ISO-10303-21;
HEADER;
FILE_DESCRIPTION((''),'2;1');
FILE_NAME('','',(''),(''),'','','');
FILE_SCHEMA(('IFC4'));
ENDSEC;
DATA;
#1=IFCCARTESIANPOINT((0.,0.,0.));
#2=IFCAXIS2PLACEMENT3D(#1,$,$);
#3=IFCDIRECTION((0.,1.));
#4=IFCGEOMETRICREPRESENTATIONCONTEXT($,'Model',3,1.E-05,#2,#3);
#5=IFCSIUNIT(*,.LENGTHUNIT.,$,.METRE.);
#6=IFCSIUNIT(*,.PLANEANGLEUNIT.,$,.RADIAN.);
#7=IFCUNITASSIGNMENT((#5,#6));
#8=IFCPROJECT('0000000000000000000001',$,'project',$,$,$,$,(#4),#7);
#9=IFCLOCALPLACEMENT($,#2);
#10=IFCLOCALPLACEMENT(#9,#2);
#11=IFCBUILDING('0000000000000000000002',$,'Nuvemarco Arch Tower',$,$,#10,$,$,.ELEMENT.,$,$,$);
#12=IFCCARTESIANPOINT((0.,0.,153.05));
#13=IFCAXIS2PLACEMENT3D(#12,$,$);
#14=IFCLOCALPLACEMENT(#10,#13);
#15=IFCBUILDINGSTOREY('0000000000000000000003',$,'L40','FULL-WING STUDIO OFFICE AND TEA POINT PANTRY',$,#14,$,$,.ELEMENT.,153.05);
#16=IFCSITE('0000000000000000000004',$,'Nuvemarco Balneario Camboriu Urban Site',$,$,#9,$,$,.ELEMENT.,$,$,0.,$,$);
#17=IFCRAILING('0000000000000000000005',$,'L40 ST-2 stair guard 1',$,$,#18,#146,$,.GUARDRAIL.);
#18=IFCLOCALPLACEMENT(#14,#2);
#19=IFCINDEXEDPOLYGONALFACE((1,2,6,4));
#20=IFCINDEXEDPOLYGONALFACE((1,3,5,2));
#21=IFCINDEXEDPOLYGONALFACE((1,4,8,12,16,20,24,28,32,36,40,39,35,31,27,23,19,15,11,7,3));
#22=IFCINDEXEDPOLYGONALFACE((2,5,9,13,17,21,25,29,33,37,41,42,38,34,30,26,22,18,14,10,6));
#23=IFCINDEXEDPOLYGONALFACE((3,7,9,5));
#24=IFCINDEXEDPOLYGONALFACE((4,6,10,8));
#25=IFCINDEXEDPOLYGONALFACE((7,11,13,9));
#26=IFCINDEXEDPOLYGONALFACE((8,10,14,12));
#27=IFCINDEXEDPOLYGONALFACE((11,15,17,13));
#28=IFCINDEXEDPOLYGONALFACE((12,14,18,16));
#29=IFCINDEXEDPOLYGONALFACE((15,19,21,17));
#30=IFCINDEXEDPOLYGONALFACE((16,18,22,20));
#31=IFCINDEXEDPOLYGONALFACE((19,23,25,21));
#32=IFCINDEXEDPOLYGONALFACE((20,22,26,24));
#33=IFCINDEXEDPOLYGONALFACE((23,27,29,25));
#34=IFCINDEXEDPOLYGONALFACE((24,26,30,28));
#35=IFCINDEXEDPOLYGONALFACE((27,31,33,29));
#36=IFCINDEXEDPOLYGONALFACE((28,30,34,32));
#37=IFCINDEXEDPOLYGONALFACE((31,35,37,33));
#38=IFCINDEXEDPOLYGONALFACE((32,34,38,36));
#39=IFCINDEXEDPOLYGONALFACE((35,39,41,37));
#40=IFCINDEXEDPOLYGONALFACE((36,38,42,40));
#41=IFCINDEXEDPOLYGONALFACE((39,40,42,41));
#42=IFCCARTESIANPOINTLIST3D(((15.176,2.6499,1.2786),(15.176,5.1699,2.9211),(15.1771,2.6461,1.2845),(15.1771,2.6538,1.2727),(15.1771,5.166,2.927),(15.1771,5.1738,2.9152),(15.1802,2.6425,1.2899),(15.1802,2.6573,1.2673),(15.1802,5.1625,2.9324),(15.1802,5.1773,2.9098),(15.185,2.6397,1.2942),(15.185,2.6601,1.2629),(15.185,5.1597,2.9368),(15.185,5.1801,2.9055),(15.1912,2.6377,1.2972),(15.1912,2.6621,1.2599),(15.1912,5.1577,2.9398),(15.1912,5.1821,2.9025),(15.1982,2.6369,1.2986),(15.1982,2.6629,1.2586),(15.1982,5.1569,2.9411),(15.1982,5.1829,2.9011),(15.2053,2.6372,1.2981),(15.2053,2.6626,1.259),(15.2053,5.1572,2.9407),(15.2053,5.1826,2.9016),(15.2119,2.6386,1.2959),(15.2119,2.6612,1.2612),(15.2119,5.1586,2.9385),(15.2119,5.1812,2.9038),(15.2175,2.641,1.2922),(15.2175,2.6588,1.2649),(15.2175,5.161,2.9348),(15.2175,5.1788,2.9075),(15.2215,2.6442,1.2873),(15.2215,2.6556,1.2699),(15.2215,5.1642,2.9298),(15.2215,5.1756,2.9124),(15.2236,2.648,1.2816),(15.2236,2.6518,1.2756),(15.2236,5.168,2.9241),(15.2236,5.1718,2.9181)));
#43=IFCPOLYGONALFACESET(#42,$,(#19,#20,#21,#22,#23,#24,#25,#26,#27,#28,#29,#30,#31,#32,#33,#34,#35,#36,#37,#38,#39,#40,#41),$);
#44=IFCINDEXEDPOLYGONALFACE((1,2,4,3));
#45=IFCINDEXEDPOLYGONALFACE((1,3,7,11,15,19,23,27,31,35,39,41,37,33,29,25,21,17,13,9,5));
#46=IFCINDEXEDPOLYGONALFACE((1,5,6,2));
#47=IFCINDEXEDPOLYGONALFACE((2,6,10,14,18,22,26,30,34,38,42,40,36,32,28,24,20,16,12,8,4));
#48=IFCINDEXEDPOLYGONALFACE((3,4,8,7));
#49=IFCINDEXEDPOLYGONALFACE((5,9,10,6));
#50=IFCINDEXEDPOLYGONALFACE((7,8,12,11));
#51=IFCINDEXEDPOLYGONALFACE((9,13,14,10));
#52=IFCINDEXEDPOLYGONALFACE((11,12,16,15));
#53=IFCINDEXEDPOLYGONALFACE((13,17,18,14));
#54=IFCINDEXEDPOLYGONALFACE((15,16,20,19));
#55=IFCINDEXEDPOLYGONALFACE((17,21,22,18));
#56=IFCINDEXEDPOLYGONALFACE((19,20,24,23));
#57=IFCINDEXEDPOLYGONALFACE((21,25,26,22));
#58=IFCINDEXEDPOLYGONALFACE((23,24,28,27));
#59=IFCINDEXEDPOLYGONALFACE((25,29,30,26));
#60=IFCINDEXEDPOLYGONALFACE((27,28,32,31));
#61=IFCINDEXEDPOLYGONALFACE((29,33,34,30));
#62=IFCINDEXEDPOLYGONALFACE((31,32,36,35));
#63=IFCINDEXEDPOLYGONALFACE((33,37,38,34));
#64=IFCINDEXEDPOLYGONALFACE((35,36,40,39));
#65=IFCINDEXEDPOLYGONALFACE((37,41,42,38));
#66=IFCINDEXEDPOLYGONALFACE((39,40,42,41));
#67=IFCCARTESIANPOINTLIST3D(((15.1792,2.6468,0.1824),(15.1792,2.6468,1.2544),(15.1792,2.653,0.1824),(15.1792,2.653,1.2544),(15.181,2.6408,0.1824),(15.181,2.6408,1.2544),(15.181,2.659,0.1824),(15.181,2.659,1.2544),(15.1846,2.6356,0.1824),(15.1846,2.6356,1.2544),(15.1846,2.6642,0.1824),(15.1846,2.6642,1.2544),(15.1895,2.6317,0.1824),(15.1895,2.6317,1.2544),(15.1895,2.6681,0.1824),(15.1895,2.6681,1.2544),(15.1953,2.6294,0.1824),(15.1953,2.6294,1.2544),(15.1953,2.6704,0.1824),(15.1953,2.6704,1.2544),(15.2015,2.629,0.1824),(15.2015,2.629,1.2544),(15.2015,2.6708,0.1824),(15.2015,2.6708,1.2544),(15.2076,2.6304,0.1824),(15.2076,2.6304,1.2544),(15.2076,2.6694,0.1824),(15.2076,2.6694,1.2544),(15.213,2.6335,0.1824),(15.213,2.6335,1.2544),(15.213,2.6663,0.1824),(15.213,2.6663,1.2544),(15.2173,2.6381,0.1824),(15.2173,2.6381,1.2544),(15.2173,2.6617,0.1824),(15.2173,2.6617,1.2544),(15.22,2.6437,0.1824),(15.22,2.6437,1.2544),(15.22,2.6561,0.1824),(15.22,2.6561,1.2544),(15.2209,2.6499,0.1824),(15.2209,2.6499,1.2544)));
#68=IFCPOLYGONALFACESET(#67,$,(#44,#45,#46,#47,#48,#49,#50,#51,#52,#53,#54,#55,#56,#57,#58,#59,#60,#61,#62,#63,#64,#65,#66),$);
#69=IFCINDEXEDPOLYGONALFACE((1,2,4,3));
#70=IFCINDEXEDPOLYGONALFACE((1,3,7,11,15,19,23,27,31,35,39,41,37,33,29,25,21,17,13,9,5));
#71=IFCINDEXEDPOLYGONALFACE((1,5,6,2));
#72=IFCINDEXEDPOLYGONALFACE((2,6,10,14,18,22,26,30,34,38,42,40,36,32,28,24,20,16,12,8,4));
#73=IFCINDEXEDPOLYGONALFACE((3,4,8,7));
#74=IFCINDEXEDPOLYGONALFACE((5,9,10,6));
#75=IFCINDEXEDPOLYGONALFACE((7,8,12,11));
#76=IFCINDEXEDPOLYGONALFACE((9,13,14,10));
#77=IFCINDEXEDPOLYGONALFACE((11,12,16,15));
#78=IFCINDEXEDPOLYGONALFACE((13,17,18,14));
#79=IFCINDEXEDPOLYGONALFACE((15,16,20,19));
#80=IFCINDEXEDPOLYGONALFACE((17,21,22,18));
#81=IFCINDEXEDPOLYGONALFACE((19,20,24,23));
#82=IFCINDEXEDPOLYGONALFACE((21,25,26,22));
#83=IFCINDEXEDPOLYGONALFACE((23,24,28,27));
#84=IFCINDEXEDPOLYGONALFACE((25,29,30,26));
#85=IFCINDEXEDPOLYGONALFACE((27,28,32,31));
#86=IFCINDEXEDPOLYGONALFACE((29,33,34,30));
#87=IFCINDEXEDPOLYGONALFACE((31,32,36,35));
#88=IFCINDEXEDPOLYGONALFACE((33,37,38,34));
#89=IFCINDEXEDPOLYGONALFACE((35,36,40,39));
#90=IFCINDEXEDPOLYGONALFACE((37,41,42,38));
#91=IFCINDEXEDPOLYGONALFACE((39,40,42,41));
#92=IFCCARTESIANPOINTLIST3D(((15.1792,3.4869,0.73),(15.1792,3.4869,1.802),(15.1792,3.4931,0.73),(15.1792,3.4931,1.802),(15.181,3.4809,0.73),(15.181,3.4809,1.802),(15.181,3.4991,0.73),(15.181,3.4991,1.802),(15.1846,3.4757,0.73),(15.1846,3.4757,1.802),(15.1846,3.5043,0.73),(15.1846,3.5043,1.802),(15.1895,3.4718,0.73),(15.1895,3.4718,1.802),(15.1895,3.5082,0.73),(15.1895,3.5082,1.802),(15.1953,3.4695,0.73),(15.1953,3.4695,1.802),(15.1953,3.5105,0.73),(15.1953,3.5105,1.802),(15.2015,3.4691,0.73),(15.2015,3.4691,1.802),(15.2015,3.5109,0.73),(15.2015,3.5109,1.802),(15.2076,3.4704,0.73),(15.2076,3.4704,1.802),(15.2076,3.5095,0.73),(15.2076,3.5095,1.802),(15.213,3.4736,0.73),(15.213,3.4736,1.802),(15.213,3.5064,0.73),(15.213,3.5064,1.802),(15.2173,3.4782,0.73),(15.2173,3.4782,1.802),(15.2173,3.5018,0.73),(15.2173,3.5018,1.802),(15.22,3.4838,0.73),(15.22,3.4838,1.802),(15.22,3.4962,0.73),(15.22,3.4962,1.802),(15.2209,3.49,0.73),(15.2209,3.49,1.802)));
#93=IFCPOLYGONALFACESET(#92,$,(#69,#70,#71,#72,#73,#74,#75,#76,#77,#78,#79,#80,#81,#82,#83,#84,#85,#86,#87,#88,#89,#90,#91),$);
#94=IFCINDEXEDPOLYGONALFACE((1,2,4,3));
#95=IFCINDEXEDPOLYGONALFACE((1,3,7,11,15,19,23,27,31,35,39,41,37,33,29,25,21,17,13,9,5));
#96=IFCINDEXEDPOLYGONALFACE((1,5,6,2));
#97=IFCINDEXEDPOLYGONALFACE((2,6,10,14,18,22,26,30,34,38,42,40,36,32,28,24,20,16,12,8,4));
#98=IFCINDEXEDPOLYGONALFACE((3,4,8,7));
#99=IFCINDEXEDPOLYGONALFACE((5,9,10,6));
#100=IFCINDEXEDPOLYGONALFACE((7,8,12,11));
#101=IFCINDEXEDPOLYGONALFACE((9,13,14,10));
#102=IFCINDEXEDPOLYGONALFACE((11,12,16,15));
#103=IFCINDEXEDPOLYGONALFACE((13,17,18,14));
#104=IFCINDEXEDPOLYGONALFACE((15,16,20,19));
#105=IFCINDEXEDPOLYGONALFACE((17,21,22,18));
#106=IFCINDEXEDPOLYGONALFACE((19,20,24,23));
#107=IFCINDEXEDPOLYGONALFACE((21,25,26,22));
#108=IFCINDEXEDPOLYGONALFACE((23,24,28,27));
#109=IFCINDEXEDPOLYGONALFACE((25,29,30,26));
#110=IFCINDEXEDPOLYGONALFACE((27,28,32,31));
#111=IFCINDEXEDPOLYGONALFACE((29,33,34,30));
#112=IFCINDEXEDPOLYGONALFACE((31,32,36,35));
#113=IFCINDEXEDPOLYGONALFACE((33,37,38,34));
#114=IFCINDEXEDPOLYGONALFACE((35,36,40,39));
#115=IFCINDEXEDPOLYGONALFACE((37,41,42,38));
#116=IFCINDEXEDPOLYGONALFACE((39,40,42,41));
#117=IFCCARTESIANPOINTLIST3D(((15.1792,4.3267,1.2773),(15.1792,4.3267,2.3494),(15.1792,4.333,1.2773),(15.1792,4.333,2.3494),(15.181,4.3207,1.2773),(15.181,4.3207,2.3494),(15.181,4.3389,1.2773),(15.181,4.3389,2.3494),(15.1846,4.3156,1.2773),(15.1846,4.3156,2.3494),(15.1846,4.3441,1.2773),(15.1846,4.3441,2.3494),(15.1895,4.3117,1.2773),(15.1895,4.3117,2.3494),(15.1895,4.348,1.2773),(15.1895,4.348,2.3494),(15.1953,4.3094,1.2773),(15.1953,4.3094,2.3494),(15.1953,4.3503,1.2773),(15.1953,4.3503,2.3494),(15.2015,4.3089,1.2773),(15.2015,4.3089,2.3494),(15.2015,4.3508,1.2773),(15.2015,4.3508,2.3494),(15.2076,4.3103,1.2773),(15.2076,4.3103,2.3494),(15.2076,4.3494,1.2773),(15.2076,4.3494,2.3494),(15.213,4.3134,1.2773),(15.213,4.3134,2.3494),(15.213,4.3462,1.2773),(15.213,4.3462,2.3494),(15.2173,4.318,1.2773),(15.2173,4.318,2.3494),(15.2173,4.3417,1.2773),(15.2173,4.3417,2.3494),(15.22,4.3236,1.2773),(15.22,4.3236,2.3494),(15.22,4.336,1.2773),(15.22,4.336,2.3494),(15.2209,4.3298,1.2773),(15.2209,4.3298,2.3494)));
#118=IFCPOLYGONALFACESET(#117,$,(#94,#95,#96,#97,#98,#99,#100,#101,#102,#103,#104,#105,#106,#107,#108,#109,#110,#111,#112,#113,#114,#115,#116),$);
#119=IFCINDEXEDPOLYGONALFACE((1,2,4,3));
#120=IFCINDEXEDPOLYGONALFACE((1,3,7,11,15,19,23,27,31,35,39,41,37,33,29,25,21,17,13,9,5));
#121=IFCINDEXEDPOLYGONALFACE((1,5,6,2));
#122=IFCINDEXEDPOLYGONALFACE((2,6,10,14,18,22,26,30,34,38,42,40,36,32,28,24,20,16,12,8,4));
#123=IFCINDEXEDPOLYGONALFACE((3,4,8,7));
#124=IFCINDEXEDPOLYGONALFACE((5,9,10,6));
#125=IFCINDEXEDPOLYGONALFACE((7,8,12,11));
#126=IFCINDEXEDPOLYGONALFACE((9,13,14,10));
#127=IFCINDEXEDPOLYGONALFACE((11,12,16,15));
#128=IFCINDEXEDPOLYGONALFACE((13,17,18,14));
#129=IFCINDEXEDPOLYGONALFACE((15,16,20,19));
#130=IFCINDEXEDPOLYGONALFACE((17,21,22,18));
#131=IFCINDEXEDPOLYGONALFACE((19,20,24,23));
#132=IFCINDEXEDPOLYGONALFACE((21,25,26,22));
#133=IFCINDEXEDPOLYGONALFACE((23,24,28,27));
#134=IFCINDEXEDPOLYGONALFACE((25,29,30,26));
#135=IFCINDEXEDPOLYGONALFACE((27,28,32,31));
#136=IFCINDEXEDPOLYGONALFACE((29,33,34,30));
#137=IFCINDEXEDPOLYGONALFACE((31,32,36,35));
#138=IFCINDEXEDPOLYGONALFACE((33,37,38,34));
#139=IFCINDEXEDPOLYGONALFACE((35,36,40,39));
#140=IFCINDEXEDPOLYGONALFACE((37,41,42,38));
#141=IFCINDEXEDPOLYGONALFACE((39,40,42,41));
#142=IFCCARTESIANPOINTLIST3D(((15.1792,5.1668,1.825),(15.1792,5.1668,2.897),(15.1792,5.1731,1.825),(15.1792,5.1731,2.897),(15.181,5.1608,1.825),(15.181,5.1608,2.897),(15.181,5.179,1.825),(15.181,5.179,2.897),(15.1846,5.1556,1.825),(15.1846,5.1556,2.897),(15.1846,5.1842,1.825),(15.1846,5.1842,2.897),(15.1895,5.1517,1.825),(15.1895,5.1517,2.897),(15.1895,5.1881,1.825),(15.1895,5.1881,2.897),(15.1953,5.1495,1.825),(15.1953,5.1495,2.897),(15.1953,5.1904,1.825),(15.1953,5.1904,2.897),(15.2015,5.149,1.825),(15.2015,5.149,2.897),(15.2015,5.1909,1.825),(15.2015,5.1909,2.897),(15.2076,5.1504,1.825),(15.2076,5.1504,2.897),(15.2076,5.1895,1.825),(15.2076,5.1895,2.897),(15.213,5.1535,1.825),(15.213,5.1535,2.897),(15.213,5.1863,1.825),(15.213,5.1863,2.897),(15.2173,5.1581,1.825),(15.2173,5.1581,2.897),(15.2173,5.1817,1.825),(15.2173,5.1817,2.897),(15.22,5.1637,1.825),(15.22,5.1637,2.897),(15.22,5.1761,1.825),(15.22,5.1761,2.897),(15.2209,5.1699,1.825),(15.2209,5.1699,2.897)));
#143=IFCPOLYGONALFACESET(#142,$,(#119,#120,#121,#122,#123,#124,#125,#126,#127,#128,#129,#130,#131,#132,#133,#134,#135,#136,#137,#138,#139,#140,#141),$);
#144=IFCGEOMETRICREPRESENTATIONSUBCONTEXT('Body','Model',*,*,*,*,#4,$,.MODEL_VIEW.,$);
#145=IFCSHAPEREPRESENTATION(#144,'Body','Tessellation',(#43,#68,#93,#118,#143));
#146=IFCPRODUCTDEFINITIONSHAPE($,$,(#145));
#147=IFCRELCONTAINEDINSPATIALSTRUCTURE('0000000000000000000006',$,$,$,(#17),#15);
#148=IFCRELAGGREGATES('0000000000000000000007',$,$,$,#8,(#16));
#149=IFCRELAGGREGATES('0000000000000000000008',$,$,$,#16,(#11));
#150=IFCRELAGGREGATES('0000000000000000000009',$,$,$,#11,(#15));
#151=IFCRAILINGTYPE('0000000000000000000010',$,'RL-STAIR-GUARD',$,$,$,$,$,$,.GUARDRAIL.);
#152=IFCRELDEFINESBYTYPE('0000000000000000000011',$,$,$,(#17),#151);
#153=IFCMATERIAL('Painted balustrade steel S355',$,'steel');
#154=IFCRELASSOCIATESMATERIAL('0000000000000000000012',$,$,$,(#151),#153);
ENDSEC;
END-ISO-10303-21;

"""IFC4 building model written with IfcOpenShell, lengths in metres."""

from ifc_helpers import new_model, si_unit, direction, frame, origin, origin_2d, place, context, subcontext, project, spatial, circle, extrude, material, type_object, element, save


model = new_model("IFC4")

# Units and contexts
model_context = context("Model", 3, precision=1e-05, world=origin(), true_north=direction((0.0, 1.0)))
body_context = subcontext(model_context, "Body", "Model", "MODEL_VIEW")
ifc_project = project(units=[si_unit("LENGTHUNIT", "METRE"), si_unit("PLANEANGLEUNIT", "RADIAN")], contexts=[model_context])

# Site, building, storey
site_placement = place(None, origin())
site = spatial("IfcSite", under=ifc_project, at=site_placement, Name="Nuvemarco Balneario Camboriu Urban Site", CompositionType="ELEMENT", RefElevation=0.0)
building_placement = place(site_placement, origin())
building = spatial("IfcBuilding", under=site, at=building_placement, Name="Nuvemarco Arch Tower", CompositionType="ELEMENT")
storey_placement = place(building_placement, frame((0.0, 0.0, 153.05)))
storey = spatial("IfcBuildingStorey", under=building, at=storey_placement, Name="L40", Description="FULL-WING STUDIO OFFICE AND TEA POINT PANTRY", CompositionType="ELEMENT", Elevation=153.05)

# Railing
ifc_material_1 = material(Name="Painted balustrade steel S355", Category="steel")
railing_type_1 = type_object("IfcRailingType", Name="RL-STAIR-GUARD", PredefinedType="GUARDRAIL", material=ifc_material_1)
railing_1_placement = place(storey_placement, frame((15.2, 2.6499, 0.1824)))
element("IfcRailing", 1, at=railing_1_placement, inside=storey, type_object=railing_type_1, Name="L40 ST-2 stair guard 1", PredefinedType="GUARDRAIL", context=body_context, shape_type="SweptSolid", body=[
    extrude(circle(Radius=0.0239, at=origin_2d()), frame((0.0, 0.0, 1.0962), z_axis=(0.0, 0.837749, 0.546055), x_axis=(-1.0, 0.0, 0.0)), (0.0, 0.0, 1.0), 3.0081),
    extrude(circle(Radius=0.021, at=origin_2d()), origin(), (0.0, 0.0, 1.0), 1.072),
    extrude(circle(Radius=0.021, at=origin_2d()), frame((0.0, 0.8401, 0.5476)), (0.0, 0.0, 1.0), 1.072),
    extrude(circle(Radius=0.021, at=origin_2d()), frame((0.0, 1.6799, 1.095)), (0.0, 0.0, 1.0), 1.072),
    extrude(circle(Radius=0.021, at=origin_2d()), frame((0.0, 2.52, 1.6426)), (0.0, 0.0, 1.0), 1.072),
])

save(model, "model.ifc")
